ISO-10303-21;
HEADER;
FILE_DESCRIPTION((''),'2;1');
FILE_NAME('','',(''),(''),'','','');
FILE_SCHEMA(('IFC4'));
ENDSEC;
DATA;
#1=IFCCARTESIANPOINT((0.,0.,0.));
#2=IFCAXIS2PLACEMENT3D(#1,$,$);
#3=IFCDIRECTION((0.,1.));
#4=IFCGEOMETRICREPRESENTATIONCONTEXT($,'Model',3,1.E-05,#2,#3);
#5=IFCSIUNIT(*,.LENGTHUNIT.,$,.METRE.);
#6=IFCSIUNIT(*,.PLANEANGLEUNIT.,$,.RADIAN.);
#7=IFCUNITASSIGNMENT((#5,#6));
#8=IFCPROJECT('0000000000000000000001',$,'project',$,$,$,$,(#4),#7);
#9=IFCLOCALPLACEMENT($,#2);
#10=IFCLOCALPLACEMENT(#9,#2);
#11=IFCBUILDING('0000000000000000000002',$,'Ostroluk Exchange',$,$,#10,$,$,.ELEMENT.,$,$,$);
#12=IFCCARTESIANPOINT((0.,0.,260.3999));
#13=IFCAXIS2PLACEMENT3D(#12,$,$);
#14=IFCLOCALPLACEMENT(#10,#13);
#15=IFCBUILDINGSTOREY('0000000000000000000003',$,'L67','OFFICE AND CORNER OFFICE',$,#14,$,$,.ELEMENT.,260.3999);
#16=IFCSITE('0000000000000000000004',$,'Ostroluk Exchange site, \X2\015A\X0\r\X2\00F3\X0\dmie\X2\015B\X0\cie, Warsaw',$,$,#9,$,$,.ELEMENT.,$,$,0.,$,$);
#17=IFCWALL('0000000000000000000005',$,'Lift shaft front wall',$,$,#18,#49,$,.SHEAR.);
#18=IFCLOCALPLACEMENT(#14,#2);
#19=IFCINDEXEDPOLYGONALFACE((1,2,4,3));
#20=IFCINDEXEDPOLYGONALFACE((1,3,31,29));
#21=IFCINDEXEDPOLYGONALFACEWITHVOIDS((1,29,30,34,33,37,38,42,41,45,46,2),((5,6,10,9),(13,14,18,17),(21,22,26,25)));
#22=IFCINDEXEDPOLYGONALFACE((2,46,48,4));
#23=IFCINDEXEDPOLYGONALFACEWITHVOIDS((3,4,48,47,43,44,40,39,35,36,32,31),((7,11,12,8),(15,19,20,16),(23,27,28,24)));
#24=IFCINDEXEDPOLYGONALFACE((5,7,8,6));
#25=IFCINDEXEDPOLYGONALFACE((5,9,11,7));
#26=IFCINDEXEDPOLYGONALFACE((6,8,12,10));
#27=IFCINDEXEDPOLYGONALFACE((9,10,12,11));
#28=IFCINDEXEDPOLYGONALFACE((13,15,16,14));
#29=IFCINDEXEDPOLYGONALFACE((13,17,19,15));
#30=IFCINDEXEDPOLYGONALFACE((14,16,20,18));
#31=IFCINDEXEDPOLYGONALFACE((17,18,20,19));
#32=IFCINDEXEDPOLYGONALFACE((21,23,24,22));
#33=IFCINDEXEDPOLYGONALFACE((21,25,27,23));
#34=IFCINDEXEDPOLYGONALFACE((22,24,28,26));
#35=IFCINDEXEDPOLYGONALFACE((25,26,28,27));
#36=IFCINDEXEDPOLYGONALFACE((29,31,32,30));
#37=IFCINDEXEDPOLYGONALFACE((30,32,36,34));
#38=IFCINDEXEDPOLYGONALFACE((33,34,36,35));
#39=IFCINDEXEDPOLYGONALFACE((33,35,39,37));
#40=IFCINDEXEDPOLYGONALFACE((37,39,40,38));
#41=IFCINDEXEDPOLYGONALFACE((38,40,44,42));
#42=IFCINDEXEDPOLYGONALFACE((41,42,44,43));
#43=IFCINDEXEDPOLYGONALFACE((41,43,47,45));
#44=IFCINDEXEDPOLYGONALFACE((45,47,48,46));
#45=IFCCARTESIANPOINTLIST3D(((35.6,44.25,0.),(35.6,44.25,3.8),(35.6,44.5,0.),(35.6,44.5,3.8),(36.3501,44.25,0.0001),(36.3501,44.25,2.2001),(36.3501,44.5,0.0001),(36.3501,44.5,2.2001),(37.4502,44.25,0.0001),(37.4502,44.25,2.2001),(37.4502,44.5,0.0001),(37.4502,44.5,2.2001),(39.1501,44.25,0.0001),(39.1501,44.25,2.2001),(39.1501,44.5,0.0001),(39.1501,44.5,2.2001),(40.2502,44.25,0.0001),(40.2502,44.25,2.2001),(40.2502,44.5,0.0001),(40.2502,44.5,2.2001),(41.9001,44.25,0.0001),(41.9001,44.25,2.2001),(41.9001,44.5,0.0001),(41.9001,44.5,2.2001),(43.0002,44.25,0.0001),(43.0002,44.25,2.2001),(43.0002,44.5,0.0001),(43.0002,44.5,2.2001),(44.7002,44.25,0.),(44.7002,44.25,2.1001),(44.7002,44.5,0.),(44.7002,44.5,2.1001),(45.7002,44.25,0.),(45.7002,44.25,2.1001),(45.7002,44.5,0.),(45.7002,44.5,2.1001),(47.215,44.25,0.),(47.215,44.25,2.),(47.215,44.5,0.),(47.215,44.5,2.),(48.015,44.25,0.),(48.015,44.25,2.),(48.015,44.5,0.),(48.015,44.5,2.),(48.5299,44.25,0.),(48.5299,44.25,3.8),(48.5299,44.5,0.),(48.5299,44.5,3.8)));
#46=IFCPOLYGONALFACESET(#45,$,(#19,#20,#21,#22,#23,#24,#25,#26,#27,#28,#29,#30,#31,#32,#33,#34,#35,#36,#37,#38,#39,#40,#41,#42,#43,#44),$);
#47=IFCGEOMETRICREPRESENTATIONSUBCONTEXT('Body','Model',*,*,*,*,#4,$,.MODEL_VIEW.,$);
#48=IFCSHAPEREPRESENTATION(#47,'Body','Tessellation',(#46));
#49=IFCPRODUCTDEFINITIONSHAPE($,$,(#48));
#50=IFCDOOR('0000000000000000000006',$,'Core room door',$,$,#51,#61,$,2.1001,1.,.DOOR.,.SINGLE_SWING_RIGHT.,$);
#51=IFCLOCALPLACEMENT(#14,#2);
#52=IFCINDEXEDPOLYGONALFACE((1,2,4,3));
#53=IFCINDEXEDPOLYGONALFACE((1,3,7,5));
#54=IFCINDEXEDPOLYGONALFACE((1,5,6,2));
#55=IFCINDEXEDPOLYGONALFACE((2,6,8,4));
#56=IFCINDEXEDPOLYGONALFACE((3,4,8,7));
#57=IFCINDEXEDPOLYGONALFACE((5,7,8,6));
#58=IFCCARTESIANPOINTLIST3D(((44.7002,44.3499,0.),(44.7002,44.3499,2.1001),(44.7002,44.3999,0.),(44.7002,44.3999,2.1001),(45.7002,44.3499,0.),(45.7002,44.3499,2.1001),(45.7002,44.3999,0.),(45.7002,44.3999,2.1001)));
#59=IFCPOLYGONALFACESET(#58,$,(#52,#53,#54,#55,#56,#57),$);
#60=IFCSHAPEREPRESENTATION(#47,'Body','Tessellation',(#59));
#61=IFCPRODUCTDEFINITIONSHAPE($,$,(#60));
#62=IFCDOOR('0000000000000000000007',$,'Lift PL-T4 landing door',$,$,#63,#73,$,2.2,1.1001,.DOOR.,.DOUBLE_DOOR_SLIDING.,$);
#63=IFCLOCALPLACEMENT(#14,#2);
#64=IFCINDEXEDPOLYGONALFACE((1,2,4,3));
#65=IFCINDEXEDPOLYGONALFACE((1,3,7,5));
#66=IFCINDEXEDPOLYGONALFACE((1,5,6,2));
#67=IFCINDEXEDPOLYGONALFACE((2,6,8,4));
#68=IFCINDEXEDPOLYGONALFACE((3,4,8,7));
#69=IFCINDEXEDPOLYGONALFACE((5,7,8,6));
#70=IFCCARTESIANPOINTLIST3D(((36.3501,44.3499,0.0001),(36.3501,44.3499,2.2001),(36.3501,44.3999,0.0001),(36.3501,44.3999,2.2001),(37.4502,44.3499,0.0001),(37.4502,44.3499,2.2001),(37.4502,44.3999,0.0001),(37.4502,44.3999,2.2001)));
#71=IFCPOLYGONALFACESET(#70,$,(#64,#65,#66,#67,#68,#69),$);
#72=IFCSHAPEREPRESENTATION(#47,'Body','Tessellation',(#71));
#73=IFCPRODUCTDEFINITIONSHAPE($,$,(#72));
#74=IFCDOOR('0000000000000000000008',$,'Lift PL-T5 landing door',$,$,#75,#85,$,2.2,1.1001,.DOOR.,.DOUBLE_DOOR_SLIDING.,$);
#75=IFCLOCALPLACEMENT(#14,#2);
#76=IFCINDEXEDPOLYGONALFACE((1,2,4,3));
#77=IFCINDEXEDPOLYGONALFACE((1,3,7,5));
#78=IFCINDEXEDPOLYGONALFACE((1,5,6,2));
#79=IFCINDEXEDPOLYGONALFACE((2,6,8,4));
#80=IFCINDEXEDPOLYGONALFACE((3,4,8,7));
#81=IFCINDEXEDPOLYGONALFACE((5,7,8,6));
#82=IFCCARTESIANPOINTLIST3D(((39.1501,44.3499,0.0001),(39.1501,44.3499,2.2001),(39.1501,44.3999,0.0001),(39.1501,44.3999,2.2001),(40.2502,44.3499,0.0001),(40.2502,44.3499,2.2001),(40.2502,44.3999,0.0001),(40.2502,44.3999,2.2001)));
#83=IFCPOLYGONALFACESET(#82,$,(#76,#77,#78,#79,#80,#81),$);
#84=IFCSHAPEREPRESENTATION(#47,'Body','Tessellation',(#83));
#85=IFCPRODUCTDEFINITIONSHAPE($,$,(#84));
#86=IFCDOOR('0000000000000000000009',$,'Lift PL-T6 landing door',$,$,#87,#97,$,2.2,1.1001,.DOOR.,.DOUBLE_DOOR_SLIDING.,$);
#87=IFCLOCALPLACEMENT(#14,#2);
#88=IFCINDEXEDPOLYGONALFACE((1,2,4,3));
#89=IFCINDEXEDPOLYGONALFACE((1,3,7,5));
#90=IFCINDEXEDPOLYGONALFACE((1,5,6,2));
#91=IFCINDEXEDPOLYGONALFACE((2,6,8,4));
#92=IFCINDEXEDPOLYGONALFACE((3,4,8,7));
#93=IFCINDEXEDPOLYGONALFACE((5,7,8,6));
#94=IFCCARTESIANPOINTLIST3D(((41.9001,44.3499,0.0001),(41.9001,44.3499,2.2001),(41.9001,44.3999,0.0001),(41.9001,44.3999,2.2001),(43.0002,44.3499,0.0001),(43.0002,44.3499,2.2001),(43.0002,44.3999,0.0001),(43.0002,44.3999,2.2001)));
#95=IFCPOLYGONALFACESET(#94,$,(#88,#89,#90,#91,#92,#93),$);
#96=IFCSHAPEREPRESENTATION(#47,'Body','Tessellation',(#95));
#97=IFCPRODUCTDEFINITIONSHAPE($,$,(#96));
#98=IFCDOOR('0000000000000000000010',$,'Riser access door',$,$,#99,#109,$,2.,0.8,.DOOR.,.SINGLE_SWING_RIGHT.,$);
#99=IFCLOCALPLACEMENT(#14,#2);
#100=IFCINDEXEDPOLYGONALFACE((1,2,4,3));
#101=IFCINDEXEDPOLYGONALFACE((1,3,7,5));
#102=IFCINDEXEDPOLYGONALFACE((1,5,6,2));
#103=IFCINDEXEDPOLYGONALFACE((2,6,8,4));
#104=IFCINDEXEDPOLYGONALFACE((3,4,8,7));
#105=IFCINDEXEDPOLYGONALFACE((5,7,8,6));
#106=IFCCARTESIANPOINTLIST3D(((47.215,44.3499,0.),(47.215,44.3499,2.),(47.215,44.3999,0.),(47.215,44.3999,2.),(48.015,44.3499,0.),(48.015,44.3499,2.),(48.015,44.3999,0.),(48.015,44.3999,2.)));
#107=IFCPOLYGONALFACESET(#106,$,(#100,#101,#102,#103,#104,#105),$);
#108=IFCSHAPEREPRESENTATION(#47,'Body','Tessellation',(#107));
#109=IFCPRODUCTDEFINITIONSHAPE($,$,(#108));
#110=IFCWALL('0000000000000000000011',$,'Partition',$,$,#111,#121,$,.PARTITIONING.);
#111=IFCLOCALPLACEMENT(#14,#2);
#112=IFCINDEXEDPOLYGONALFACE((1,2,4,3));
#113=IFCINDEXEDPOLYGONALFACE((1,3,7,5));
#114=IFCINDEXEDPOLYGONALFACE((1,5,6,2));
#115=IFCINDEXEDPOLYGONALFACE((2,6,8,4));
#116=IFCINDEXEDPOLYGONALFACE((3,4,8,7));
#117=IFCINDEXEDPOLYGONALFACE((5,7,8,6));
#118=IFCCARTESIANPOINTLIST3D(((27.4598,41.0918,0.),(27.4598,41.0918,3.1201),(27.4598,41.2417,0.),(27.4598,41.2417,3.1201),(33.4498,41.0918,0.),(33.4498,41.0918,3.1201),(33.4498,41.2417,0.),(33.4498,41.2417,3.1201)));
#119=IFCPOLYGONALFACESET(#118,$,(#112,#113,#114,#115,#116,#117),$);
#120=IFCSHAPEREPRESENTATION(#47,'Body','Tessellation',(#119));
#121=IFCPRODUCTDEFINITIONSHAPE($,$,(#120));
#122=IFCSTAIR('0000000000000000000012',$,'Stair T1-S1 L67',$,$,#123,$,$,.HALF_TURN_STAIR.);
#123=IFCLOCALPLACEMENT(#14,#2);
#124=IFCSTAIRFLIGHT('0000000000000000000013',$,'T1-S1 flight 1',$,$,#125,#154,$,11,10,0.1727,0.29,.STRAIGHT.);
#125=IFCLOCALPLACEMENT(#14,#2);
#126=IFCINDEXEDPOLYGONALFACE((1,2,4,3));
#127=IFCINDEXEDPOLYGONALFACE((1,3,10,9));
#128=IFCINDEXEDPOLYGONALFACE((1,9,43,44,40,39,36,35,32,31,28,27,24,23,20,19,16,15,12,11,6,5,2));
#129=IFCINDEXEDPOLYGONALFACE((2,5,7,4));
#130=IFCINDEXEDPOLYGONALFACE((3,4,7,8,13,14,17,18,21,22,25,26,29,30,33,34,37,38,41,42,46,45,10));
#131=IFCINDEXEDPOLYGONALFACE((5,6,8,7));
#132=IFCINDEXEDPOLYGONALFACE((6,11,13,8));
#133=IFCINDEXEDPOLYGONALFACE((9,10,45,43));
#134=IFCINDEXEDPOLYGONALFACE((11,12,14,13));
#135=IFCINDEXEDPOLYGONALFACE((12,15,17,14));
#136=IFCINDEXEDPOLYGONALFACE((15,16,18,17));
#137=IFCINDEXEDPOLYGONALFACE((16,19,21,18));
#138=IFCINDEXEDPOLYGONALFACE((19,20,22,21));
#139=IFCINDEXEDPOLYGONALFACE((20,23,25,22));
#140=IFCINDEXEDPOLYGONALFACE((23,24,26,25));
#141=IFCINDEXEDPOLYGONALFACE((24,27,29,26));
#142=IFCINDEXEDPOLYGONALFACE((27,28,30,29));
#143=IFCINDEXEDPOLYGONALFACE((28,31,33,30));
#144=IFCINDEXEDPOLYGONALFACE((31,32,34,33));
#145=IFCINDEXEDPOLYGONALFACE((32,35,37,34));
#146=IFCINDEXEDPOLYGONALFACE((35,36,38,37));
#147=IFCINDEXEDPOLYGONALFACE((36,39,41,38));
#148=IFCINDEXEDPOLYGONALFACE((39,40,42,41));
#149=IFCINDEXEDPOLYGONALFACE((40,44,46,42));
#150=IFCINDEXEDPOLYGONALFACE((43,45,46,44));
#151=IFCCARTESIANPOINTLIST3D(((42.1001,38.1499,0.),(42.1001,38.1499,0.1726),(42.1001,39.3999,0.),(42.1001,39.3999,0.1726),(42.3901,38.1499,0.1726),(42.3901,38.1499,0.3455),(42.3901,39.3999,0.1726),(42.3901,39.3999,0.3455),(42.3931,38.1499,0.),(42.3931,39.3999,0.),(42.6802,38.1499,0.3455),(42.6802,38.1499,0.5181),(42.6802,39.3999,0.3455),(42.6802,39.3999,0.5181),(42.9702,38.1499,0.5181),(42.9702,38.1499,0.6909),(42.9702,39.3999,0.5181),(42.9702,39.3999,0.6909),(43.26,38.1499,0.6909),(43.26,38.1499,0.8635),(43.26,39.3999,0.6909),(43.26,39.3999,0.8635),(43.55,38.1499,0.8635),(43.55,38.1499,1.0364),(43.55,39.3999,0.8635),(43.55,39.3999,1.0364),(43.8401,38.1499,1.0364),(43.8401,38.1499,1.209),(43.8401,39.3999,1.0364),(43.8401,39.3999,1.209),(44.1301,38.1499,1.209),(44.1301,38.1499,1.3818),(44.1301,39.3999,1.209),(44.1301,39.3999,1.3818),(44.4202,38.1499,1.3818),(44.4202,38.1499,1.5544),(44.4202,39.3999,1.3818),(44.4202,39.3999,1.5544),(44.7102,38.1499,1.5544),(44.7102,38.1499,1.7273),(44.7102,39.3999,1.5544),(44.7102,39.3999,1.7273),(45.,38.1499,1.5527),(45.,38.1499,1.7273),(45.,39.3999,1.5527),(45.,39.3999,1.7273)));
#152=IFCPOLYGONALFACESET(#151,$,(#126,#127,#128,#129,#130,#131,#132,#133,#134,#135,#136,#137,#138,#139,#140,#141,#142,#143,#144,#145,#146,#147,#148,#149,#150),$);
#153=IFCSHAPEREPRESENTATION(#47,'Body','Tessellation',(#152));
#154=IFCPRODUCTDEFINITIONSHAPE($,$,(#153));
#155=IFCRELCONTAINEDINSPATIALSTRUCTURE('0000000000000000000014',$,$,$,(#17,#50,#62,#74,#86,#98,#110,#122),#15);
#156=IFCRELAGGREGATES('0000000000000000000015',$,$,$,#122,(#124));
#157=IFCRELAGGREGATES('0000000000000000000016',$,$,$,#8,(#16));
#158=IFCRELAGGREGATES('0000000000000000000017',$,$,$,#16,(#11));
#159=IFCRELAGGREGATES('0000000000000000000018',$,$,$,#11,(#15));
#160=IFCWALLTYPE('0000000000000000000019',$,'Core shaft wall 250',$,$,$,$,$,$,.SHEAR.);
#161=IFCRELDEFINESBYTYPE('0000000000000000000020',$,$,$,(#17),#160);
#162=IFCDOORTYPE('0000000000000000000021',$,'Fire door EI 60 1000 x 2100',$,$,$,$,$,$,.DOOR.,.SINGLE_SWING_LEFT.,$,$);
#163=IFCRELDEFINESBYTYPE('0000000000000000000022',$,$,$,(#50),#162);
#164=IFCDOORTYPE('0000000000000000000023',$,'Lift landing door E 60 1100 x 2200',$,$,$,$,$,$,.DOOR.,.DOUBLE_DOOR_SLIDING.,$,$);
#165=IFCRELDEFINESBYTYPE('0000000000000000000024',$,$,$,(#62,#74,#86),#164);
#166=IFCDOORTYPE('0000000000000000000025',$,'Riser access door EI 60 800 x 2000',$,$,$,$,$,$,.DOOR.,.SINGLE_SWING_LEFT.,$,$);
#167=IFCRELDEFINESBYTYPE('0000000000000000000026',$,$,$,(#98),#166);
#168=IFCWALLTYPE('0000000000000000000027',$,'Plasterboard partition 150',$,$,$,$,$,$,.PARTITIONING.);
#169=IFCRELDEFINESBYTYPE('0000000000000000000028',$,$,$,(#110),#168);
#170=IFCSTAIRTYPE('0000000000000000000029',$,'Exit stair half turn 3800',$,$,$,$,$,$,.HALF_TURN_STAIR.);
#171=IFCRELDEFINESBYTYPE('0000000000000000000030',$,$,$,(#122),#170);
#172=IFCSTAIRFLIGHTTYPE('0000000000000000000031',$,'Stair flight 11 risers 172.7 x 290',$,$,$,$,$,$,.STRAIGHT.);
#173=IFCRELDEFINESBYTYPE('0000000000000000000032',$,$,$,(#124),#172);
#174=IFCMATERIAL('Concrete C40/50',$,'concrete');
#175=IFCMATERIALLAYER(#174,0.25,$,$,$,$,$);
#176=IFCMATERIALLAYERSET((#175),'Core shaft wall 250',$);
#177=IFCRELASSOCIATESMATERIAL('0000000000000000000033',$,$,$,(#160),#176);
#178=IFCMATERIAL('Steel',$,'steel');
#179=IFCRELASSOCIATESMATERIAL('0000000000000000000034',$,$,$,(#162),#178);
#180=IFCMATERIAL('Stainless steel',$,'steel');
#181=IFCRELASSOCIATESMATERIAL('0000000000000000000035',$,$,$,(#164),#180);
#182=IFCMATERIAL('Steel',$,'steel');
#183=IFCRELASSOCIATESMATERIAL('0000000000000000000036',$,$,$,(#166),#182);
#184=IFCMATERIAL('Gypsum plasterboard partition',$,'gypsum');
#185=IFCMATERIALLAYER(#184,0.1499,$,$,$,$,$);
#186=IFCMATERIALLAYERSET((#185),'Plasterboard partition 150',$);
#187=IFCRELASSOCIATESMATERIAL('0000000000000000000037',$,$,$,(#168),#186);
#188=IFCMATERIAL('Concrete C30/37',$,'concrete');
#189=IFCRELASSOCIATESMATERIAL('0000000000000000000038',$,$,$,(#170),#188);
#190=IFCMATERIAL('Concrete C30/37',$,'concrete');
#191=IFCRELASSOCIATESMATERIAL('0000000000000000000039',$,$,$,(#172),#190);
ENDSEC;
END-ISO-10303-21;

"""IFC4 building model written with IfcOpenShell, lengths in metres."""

from ifc_helpers import new_model, si_unit, direction, frame, frame_2d, origin, place, context, subcontext, project, spatial, polyline, rectangle, outline, extrude, material, layer, layer_set, type_object, element, fill, aggregate, save


model = new_model("IFC4")

# Units and contexts
model_context = context("Model", 3, precision=1e-05, world=origin(), true_north=direction((0.0, 1.0)))
body_context = subcontext(model_context, "Body", "Model", "MODEL_VIEW")
ifc_project = project(units=[si_unit("LENGTHUNIT", "METRE"), si_unit("PLANEANGLEUNIT", "RADIAN")], contexts=[model_context])

# Site, building, storey
site_placement = place(None, origin())
site = spatial("IfcSite", under=ifc_project, at=site_placement, Name="Ostroluk Exchange site, Śródmieście, Warsaw", CompositionType="ELEMENT", RefElevation=0.0)
building_placement = place(site_placement, origin())
building = spatial("IfcBuilding", under=site, at=building_placement, Name="Ostroluk Exchange", CompositionType="ELEMENT")
storey_placement = place(building_placement, frame((0.0, 0.0, 260.3999)))
storey = spatial("IfcBuildingStorey", under=building, at=storey_placement, Name="L67", Description="OFFICE AND CORNER OFFICE", CompositionType="ELEMENT", Elevation=260.3999)

# Shared definitions
ifc_material_1 = material(Name="Concrete C40/50", Category="concrete")
ifc_layer_1 = layer(ifc_material_1, 0.25)
ifc_layer_set_1 = layer_set([ifc_layer_1], Name="Core shaft wall 250")
wall_type_1 = type_object("IfcWallType", Name="Core shaft wall 250", PredefinedType="SHEAR", material=ifc_layer_set_1)

# Wall, openings, doors
wall_1_placement = place(storey_placement, frame((35.6001, 44.375, 0.0), z_axis=(0.0, 0.0, 1.0), x_axis=(1.0, 0.0, 0.0)))
wall_1 = element("IfcWall", 1, at=wall_1_placement, inside=storey, type_object=wall_type_1, Name="Lift shaft front wall", PredefinedType="SHEAR", context=body_context, shape_type="SweptSolid", body=[
    extrude(rectangle(XDim=12.9299, YDim=0.25, at=frame_2d((6.4648, 0.0))), origin(), (0.0, 0.0, 1.0), 3.8),
])
opening_1_placement = place(wall_1_placement, frame((0.75, 0.0, 0.0)))
opening_1 = element("IfcOpeningElement", 2, at=opening_1_placement, cuts=wall_1, PredefinedType="OPENING", context=body_context, shape_type="SweptSolid", body=[
    extrude(rectangle(XDim=1.1001, YDim=2.2, at=frame_2d((0.55, 1.1001))), frame((0.0, 0.135, 0.0), z_axis=(0.0, -1.0, 0.0), x_axis=(1.0, 0.0, 0.0)), (0.0, 0.0, 1.0), 0.27),
])
opening_2_placement = place(wall_1_placement, frame((3.55, 0.0, 0.0)))
opening_2 = element("IfcOpeningElement", 3, at=opening_2_placement, cuts=wall_1, PredefinedType="OPENING", context=body_context, shape_type="SweptSolid", body=[
    extrude(rectangle(XDim=1.1001, YDim=2.2, at=frame_2d((0.55, 1.1001))), frame((0.0, 0.135, 0.0), z_axis=(0.0, -1.0, 0.0), x_axis=(1.0, 0.0, 0.0)), (0.0, 0.0, 1.0), 0.27),
])
opening_3_placement = place(wall_1_placement, frame((6.3, 0.0, 0.0)))
opening_3 = element("IfcOpeningElement", 4, at=opening_3_placement, cuts=wall_1, PredefinedType="OPENING", context=body_context, shape_type="SweptSolid", body=[
    extrude(rectangle(XDim=1.1001, YDim=2.2, at=frame_2d((0.55, 1.1001))), frame((0.0, 0.135, 0.0), z_axis=(0.0, -1.0, 0.0), x_axis=(1.0, 0.0, 0.0)), (0.0, 0.0, 1.0), 0.27),
])
opening_4_placement = place(wall_1_placement, frame((9.1001, 0.0, 0.0)))
opening_4 = element("IfcOpeningElement", 5, at=opening_4_placement, cuts=wall_1, PredefinedType="OPENING", context=body_context, shape_type="SweptSolid", body=[
    extrude(rectangle(XDim=1.0, YDim=2.1001, at=frame_2d((0.5, 1.05))), frame((0.0, 0.135, 0.0), z_axis=(0.0, -1.0, 0.0), x_axis=(1.0, 0.0, 0.0)), (0.0, 0.0, 1.0), 0.27),
])
opening_5_placement = place(wall_1_placement, frame((11.615, 0.0, 0.0)))
opening_5 = element("IfcOpeningElement", 6, at=opening_5_placement, cuts=wall_1, PredefinedType="OPENING", context=body_context, shape_type="SweptSolid", body=[
    extrude(rectangle(XDim=0.8, YDim=2.0, at=frame_2d((0.3999, 1.0))), frame((0.0, 0.135, 0.0), z_axis=(0.0, -1.0, 0.0), x_axis=(1.0, 0.0, 0.0)), (0.0, 0.0, 1.0), 0.27),
])
ifc_material_2 = material(Name="Steel", Category="steel")
door_type_1 = type_object("IfcDoorType", Name="Fire door EI 60 1000 x 2100", OperationType="SINGLE_SWING_LEFT", PredefinedType="DOOR", material=ifc_material_2)
door_1_placement = place(opening_4_placement, origin())
door_1 = element("IfcDoor", 7, at=door_1_placement, inside=storey, type_object=door_type_1, Name="Core room door", OperationType="SINGLE_SWING_RIGHT", OverallHeight=2.1001, OverallWidth=1.0, PredefinedType="DOOR", context=body_context, shape_type="SweptSolid", body=[
    extrude(rectangle(XDim=1.0, YDim=2.1001, at=frame_2d((0.5, 1.05))), frame((0.0, 0.0249, 0.0), z_axis=(0.0, -1.0, 0.0), x_axis=(1.0, 0.0, 0.0)), (0.0, 0.0, 1.0), 0.05),
])
fill(opening_4, door_1)
ifc_material_3 = material(Name="Stainless steel", Category="steel")
door_type_2 = type_object("IfcDoorType", Name="Lift landing door E 60 1100 x 2200", OperationType="DOUBLE_DOOR_SLIDING", PredefinedType="DOOR", material=ifc_material_3)
door_2_placement = place(opening_1_placement, origin())
door_2 = element("IfcDoor", 8, at=door_2_placement, inside=storey, type_object=door_type_2, Name="Lift PL-T4 landing door", OperationType="DOUBLE_DOOR_SLIDING", OverallHeight=2.2, OverallWidth=1.1001, PredefinedType="DOOR", context=body_context, shape_type="SweptSolid", body=[
    extrude(rectangle(XDim=1.1001, YDim=2.2, at=frame_2d((0.55, 1.1001))), frame((0.0, 0.0249, 0.0), z_axis=(0.0, -1.0, 0.0), x_axis=(1.0, 0.0, 0.0)), (0.0, 0.0, 1.0), 0.05),
])
fill(opening_1, door_2)
door_3_placement = place(opening_2_placement, origin())
door_3 = element("IfcDoor", 9, at=door_3_placement, inside=storey, type_object=door_type_2, Name="Lift PL-T5 landing door", OperationType="DOUBLE_DOOR_SLIDING", OverallHeight=2.2, OverallWidth=1.1001, PredefinedType="DOOR", context=body_context, shape_type="SweptSolid", body=[
    extrude(rectangle(XDim=1.1001, YDim=2.2, at=frame_2d((0.55, 1.1001))), frame((0.0, 0.0249, 0.0), z_axis=(0.0, -1.0, 0.0), x_axis=(1.0, 0.0, 0.0)), (0.0, 0.0, 1.0), 0.05),
])
fill(opening_2, door_3)
door_4_placement = place(opening_3_placement, origin())
door_4 = element("IfcDoor", 10, at=door_4_placement, inside=storey, type_object=door_type_2, Name="Lift PL-T6 landing door", OperationType="DOUBLE_DOOR_SLIDING", OverallHeight=2.2, OverallWidth=1.1001, PredefinedType="DOOR", context=body_context, shape_type="SweptSolid", body=[
    extrude(rectangle(XDim=1.1001, YDim=2.2, at=frame_2d((0.55, 1.1001))), frame((0.0, 0.0249, 0.0), z_axis=(0.0, -1.0, 0.0), x_axis=(1.0, 0.0, 0.0)), (0.0, 0.0, 1.0), 0.05),
])
fill(opening_3, door_4)
ifc_material_4 = material(Name="Steel", Category="steel")
door_type_3 = type_object("IfcDoorType", Name="Riser access door EI 60 800 x 2000", OperationType="SINGLE_SWING_LEFT", PredefinedType="DOOR", material=ifc_material_4)
door_5_placement = place(opening_5_placement, origin())
door_5 = element("IfcDoor", 11, at=door_5_placement, inside=storey, type_object=door_type_3, Name="Riser access door", OperationType="SINGLE_SWING_RIGHT", OverallHeight=2.0, OverallWidth=0.8, PredefinedType="DOOR", context=body_context, shape_type="SweptSolid", body=[
    extrude(rectangle(XDim=0.8, YDim=2.0, at=frame_2d((0.3999, 1.0))), frame((0.0, 0.0249, 0.0), z_axis=(0.0, -1.0, 0.0), x_axis=(1.0, 0.0, 0.0)), (0.0, 0.0, 1.0), 0.05),
])
fill(opening_5, door_5)

# Wall
ifc_material_5 = material(Name="Gypsum plasterboard partition", Category="gypsum")
ifc_layer_2 = layer(ifc_material_5, 0.1499)
ifc_layer_set_2 = layer_set([ifc_layer_2], Name="Plasterboard partition 150")
wall_type_2 = type_object("IfcWallType", Name="Plasterboard partition 150", PredefinedType="PARTITIONING", material=ifc_layer_set_2)
wall_2_placement = place(storey_placement, frame((33.45, 41.1667, 0.0), z_axis=(0.0, 0.0, 1.0), x_axis=(-1.0, 0.0, 0.0)))
element("IfcWall", 12, at=wall_2_placement, inside=storey, type_object=wall_type_2, Name="Partition", PredefinedType="PARTITIONING", context=body_context, shape_type="SweptSolid", body=[
    extrude(rectangle(XDim=5.99, YDim=0.1499, at=frame_2d((2.9951, 0.0))), origin(), (0.0, 0.0, 1.0), 3.1201),
])

# Stair, stair flight
ifc_material_6 = material(Name="Concrete C30/37", Category="concrete")
stair_type = type_object("IfcStairType", Name="Exit stair half turn 3800", PredefinedType="HALF_TURN_STAIR", material=ifc_material_6)
stair_placement = place(storey_placement, origin())
stair = element("IfcStair", 13, at=stair_placement, inside=storey, type_object=stair_type, Name="Stair T1-S1 L67", PredefinedType="HALF_TURN_STAIR")
ifc_material_7 = material(Name="Concrete C30/37", Category="concrete")
stair_flight_type = type_object("IfcStairFlightType", Name="Stair flight 11 risers 172.7 x 290", PredefinedType="STRAIGHT", material=ifc_material_7)
stair_flight_placement = place(storey_placement, frame((42.1001, 38.7749, 0.0), z_axis=(0.0, 0.0, 1.0), x_axis=(1.0, 0.0, 0.0)))
stair_flight = element("IfcStairFlight", 14, at=stair_flight_placement, type_object=stair_flight_type, Name="T1-S1 flight 1", NumberOfRisers=11, NumberOfTreads=10, PredefinedType="STRAIGHT", RiserHeight=0.1727, TreadLength=0.29, context=body_context, shape_type="SweptSolid", body=[
    extrude(outline(polyline([(0.0, 0.0), (0.0, 0.1726), (0.29, 0.1726), (0.29, 0.3455), (0.5801, 0.3455), (0.5801, 0.5181), (0.8701, 0.5181), (0.8701, 0.6909), (1.1599, 0.6909), (1.1599, 0.8635), (1.45, 0.8635), (1.45, 1.0364), (1.74, 1.0364), (1.74, 1.209), (2.03, 1.209), (2.03, 1.3818), (2.3201, 1.3818), (2.3201, 1.5544), (2.6101, 1.5544), (2.6101, 1.7273), (2.8999, 1.7273), (2.8999, 1.8999), (2.8999, 1.5527), (0.293, 0.0), (0.0, 0.0)])), frame((0.0, 0.625, 0.0), z_axis=(0.0, -1.0, 0.0), x_axis=(1.0, 0.0, 0.0)), (0.0, 0.0, 1.0), 1.25),
])
aggregate(stair, [stair_flight])

save(model, "model.ifc")
